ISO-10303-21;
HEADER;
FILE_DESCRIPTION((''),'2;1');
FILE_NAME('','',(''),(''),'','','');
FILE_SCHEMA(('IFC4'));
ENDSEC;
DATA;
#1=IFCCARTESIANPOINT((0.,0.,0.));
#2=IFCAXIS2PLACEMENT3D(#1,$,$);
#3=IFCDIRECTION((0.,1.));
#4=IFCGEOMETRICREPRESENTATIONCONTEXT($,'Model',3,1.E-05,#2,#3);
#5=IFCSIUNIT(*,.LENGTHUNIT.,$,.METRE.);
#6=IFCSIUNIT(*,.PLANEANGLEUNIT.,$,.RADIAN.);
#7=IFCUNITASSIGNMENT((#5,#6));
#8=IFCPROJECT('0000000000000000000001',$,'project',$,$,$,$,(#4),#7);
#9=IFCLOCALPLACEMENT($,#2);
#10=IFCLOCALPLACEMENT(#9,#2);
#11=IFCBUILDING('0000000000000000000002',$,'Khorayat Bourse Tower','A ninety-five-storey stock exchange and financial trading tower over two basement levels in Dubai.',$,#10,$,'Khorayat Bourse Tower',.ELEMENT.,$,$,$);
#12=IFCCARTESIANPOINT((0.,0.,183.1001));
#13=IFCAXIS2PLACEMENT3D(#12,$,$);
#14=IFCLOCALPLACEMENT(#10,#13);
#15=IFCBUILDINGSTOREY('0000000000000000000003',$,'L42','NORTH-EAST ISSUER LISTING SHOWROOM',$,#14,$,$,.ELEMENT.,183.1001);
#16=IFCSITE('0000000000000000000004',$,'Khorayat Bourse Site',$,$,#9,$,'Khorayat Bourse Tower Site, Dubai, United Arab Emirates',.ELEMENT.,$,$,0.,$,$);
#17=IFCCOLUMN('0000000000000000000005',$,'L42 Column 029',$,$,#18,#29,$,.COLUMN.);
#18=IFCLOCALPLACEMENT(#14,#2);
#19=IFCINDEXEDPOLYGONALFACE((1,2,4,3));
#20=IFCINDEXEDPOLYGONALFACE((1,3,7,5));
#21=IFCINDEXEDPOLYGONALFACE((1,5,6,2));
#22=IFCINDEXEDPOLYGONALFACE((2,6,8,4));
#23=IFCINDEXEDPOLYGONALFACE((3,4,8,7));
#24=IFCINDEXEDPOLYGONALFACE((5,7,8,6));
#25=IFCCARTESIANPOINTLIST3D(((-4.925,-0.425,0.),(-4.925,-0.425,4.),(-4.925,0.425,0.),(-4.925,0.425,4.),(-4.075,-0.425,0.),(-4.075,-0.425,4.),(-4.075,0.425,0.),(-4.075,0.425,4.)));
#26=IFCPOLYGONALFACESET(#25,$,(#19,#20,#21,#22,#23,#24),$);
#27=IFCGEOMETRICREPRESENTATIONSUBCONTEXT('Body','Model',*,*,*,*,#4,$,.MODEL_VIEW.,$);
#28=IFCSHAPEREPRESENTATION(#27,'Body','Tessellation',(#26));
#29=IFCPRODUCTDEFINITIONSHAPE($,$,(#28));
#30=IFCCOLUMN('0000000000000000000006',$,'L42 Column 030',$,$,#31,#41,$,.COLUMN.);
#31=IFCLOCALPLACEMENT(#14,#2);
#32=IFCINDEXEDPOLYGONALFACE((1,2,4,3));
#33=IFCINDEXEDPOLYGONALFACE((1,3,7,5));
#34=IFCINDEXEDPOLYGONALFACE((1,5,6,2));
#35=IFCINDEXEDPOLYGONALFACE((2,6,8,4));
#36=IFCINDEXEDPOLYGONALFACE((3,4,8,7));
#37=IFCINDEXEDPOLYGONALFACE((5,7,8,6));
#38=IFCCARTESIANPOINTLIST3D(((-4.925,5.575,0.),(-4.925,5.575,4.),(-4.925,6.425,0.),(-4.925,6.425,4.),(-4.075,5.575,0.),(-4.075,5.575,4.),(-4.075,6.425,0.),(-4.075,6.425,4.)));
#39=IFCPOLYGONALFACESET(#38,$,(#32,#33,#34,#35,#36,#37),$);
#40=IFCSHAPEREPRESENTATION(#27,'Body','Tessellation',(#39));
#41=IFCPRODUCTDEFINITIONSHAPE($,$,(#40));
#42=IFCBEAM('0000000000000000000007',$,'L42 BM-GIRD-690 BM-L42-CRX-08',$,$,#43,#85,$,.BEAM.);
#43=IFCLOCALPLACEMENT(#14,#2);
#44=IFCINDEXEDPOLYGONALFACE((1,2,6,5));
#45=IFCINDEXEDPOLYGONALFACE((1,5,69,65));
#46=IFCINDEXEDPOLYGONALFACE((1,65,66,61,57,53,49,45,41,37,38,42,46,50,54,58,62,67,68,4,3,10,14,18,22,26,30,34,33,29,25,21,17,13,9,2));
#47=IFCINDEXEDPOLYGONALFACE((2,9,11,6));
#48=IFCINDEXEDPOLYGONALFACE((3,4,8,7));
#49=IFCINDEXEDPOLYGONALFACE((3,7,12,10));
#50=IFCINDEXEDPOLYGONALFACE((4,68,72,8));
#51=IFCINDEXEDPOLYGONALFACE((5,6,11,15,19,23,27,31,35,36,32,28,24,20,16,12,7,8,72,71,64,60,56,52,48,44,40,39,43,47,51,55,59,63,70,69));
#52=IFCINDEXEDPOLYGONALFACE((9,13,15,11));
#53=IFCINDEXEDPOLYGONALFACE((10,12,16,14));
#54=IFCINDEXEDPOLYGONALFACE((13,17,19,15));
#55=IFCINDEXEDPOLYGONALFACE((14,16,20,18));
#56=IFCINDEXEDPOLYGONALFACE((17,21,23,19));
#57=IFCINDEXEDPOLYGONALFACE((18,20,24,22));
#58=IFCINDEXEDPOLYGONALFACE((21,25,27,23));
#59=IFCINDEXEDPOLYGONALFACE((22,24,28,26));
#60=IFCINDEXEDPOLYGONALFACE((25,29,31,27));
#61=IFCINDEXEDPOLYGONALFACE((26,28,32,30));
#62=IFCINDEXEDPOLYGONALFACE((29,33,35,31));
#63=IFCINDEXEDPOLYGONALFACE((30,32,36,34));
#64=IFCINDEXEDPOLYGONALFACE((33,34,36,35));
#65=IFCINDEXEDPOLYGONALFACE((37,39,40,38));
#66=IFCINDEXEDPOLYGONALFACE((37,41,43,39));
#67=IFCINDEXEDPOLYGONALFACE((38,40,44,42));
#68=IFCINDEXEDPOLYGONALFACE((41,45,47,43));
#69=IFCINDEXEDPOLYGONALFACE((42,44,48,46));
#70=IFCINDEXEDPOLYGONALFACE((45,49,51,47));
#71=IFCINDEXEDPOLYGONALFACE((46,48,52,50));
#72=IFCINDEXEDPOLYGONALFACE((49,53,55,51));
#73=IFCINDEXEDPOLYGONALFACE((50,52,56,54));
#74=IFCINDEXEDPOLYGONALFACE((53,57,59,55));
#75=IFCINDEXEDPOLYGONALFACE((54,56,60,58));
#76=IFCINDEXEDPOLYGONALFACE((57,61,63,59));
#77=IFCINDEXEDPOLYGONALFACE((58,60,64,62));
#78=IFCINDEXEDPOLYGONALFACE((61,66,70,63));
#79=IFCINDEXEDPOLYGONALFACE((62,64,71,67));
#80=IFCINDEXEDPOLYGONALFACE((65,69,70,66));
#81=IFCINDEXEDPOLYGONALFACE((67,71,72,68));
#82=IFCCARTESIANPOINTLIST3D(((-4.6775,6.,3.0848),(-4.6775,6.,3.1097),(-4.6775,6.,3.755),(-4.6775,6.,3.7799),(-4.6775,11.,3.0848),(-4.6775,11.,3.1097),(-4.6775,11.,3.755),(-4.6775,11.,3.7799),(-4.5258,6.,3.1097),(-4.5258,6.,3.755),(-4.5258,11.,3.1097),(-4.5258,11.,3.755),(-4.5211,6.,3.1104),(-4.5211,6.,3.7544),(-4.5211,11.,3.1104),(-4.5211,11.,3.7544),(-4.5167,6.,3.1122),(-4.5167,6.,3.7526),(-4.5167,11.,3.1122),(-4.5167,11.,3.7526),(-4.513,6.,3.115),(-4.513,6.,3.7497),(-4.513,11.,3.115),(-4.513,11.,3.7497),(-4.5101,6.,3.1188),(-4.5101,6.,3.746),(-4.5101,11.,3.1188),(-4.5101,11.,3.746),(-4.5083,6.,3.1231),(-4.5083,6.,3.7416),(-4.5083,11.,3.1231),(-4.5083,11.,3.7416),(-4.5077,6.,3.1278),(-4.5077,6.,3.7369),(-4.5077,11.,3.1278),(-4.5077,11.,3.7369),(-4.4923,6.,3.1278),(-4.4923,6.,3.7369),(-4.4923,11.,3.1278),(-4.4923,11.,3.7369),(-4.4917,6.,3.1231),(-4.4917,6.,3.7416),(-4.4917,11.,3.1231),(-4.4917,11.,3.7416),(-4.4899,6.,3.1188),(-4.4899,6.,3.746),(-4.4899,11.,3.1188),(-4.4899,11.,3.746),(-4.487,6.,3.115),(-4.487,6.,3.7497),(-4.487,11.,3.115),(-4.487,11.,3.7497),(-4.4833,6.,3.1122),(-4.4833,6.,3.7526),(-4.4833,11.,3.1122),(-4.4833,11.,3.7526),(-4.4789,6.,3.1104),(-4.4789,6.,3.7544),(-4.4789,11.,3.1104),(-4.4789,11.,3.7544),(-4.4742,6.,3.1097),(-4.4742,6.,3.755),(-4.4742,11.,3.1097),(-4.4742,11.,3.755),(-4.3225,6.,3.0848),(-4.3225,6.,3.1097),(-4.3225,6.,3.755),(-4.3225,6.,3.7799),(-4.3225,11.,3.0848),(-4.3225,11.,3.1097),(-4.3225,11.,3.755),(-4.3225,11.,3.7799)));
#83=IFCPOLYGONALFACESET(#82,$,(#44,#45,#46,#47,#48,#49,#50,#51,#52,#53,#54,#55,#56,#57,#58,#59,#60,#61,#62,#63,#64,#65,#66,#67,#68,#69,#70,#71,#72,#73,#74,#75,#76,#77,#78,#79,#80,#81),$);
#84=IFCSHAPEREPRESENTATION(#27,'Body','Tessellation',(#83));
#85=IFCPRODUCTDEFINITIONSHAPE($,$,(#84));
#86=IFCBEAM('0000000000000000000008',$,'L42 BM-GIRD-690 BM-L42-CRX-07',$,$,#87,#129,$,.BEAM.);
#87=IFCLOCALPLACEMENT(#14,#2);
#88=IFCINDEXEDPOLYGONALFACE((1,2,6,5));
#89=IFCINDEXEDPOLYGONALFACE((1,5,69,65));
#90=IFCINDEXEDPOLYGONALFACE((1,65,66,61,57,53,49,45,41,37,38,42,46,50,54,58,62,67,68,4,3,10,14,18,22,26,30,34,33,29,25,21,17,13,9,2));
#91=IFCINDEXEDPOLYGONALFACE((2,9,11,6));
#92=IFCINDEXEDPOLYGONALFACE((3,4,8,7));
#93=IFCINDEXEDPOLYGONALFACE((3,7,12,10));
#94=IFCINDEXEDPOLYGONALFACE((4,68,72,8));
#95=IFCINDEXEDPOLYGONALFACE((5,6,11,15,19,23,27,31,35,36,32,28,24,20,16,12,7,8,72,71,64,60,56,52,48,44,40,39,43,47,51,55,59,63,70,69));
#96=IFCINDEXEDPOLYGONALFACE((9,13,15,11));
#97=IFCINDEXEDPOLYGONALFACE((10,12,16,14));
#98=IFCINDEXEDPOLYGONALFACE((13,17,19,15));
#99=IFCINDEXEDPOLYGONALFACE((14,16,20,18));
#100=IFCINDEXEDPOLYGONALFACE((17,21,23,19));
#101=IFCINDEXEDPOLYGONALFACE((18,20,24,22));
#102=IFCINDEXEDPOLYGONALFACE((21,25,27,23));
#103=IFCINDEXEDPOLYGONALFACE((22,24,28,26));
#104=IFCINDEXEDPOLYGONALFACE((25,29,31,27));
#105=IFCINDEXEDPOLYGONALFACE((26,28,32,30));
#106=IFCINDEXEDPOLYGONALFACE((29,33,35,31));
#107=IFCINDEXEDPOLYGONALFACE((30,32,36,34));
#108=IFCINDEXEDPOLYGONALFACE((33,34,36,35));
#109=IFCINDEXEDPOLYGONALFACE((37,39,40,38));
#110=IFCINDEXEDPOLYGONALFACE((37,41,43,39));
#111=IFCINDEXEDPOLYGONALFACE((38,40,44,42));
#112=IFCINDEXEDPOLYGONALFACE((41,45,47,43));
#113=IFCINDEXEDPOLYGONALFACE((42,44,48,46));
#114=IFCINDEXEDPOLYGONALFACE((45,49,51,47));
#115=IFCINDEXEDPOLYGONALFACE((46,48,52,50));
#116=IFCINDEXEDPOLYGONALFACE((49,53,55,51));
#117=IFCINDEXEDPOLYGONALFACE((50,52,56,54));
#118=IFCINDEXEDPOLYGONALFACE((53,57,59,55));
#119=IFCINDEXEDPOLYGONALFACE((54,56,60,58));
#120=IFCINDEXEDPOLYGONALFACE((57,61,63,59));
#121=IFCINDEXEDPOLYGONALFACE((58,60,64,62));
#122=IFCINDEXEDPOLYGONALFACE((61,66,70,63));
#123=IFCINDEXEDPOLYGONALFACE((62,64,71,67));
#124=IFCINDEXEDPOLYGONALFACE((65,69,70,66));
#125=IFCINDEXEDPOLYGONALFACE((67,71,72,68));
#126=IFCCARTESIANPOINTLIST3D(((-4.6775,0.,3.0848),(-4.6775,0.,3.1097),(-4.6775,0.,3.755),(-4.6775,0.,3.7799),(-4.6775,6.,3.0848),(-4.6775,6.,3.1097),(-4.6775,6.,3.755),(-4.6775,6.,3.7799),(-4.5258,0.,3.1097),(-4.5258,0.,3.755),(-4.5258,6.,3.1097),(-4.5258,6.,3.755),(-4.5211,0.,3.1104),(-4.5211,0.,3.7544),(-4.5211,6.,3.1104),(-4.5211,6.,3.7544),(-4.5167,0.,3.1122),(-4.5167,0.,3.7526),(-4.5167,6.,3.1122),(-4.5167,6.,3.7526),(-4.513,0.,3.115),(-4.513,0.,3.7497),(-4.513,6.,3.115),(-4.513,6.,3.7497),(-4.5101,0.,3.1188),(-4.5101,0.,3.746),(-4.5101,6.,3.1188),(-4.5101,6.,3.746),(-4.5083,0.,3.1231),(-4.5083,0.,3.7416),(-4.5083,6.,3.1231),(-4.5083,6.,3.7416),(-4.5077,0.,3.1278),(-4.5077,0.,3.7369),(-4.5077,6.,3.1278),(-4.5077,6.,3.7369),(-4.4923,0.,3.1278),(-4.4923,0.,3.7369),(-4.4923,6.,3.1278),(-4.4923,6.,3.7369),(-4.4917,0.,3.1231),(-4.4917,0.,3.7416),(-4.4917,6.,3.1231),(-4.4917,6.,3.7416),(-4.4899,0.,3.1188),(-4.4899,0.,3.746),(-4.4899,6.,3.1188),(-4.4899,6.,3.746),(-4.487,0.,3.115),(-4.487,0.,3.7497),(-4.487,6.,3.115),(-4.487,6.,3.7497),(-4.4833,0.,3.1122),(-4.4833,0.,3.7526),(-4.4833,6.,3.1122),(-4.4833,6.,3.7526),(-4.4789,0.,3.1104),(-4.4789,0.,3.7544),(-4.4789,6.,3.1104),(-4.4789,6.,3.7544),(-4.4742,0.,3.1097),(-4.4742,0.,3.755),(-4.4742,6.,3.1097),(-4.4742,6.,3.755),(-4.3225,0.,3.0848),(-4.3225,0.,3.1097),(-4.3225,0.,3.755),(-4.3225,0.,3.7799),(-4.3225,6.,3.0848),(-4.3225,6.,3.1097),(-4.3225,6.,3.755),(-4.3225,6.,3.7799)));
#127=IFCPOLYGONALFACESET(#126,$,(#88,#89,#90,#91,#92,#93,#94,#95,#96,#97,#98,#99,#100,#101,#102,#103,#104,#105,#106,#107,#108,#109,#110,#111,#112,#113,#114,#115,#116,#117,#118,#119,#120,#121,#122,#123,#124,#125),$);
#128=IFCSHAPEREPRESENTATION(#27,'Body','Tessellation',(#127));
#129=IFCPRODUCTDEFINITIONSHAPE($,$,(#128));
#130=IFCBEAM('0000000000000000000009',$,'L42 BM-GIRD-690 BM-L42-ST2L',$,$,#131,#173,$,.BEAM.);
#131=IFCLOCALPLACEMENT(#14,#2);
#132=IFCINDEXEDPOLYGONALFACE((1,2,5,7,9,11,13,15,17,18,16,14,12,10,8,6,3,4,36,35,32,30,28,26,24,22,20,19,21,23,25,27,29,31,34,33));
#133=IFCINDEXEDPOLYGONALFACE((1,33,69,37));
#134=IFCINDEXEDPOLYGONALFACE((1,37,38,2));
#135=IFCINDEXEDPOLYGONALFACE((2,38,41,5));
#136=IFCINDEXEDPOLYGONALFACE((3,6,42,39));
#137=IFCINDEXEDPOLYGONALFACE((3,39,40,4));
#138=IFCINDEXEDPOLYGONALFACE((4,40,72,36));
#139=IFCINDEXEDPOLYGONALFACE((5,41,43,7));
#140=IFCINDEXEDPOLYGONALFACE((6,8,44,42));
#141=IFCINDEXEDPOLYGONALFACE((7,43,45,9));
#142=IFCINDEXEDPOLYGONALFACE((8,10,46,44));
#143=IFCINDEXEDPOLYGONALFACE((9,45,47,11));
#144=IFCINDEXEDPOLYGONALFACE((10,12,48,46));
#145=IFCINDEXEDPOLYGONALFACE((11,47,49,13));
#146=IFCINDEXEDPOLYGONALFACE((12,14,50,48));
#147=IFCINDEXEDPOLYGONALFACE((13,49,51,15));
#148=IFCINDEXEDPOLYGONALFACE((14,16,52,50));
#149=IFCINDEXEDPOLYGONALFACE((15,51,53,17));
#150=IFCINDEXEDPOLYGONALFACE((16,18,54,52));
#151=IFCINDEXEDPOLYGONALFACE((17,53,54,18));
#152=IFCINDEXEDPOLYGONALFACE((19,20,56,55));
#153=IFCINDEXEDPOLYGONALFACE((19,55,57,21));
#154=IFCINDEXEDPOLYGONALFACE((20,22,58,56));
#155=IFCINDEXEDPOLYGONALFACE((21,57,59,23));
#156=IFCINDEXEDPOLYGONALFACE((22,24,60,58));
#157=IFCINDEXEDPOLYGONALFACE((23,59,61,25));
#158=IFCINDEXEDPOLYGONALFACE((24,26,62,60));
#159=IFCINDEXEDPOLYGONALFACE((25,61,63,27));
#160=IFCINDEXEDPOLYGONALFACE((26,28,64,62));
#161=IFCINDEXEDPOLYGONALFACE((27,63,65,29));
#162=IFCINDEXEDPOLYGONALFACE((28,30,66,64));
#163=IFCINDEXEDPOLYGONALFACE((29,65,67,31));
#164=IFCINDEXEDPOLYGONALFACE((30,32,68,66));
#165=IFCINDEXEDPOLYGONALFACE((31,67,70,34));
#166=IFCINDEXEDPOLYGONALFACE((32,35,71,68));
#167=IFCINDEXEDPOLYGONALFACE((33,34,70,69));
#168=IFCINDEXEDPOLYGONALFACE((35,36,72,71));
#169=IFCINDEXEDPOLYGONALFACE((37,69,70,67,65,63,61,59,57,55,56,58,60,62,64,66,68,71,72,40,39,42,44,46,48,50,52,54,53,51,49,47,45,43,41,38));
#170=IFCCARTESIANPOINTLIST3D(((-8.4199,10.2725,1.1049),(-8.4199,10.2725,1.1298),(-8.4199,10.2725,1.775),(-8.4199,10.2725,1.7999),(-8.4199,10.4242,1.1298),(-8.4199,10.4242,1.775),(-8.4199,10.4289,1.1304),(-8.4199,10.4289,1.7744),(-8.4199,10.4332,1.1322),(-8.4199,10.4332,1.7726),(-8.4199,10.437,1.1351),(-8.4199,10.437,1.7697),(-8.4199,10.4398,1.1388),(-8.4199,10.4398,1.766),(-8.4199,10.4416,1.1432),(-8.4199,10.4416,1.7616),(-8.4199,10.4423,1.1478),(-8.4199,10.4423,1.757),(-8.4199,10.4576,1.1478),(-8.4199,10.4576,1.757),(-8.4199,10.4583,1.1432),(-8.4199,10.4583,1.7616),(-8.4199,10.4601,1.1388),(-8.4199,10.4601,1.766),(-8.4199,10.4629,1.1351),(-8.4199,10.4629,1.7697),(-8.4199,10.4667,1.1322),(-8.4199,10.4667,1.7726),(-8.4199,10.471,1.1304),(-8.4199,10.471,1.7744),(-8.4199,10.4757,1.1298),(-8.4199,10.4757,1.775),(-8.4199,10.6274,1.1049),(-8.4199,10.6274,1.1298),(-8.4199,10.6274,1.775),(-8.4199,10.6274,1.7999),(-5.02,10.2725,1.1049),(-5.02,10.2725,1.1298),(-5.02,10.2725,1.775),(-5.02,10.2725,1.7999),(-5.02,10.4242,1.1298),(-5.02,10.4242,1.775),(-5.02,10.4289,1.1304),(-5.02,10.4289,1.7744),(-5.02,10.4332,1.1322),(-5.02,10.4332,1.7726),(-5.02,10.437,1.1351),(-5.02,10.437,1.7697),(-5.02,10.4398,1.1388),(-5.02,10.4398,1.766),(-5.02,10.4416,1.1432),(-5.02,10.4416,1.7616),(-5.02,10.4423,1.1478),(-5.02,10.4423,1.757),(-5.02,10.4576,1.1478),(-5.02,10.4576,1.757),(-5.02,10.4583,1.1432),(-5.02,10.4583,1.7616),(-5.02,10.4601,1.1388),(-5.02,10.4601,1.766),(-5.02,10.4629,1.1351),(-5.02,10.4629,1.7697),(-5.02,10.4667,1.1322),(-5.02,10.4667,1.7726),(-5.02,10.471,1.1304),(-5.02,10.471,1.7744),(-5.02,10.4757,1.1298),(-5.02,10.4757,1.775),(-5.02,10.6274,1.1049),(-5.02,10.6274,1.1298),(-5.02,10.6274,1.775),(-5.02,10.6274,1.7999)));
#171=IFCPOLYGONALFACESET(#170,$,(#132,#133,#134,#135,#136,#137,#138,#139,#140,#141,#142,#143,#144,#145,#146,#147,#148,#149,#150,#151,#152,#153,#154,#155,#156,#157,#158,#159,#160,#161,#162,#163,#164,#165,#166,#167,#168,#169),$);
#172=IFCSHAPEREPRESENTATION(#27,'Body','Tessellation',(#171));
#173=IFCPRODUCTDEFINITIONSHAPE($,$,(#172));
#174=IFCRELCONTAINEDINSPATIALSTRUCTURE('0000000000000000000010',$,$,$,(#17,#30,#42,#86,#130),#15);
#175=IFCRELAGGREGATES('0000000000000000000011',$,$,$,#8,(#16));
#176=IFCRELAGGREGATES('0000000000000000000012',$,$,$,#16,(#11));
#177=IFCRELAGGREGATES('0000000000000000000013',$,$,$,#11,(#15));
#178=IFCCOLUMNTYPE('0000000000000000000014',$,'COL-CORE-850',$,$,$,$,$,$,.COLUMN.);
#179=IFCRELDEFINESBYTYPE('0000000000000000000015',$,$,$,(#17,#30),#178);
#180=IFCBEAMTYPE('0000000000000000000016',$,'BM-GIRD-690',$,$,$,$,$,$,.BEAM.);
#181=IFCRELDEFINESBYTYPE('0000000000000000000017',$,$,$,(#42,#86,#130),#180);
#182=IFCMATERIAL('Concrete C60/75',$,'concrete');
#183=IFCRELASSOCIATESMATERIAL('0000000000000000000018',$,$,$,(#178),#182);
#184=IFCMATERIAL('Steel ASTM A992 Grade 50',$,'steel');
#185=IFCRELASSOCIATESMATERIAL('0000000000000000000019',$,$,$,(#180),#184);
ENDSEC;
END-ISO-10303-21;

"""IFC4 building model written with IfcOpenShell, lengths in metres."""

from ifc_helpers import new_model, si_unit, direction, frame, origin, origin_2d, place, context, subcontext, project, spatial, rectangle, i_section, extrude, source, transform, mapped, material, material_profile, profile_set, type_object, element, save


model = new_model("IFC4")

# Units and contexts
model_context = context("Model", 3, precision=1e-05, world=origin(), true_north=direction((0.0, 1.0)))
body_context = subcontext(model_context, "Body", "Model", "MODEL_VIEW")
ifc_project = project(units=[si_unit("LENGTHUNIT", "METRE"), si_unit("PLANEANGLEUNIT", "RADIAN")], contexts=[model_context])

# Site, building, storey
site_placement = place(None, origin())
site = spatial("IfcSite", under=ifc_project, at=site_placement, Name="Khorayat Bourse Site", LongName="Khorayat Bourse Tower Site, Dubai, United Arab Emirates", CompositionType="ELEMENT", RefElevation=0.0)
building_placement = place(site_placement, origin())
building = spatial("IfcBuilding", under=site, at=building_placement, Name="Khorayat Bourse Tower", Description="A ninety-five-storey stock exchange and financial trading tower over two basement levels in Dubai.", LongName="Khorayat Bourse Tower", CompositionType="ELEMENT")
storey_placement = place(building_placement, frame((0.0, 0.0, 183.1001)))
storey = spatial("IfcBuildingStorey", under=building, at=storey_placement, Name="L42", Description="NORTH-EAST ISSUER LISTING SHOWROOM", CompositionType="ELEMENT", Elevation=183.1001)

# Columns
ifc_material_1 = material(Name="Concrete C60/75", Category="concrete")
ifc_material_profile_1 = material_profile(ifc_material_1, rectangle(XDim=0.8501, YDim=0.8501, at=origin_2d()), Name="RC 850x850")
ifc_profile_set_1 = profile_set([ifc_material_profile_1], Name="Concrete C60/75")
column_type = type_object("IfcColumnType", Name="COL-CORE-850", PredefinedType="COLUMN", material=ifc_profile_set_1)
shared_shape_1 = source(origin(), body_context, "Body", "SweptSolid", [
    extrude(rectangle(XDim=0.8501, YDim=0.8501, at=origin_2d()), origin(), (0.0, 0.0, 1.0), 4.0),
])
for number, where, z_axis, x_axis, name in (
    (1, (-4.5, 0.0, 0.0), (0.0, 0.0, 1.0), (1.0, 0.0, 0.0), "L42 Column 029"),
    (2, (-4.5, 6.0, 0.0), (0.0, 0.0, 1.0), (1.0, 0.0, 0.0), "L42 Column 030"),
):
    element("IfcColumn", number, at=place(storey_placement, frame(where, z_axis=z_axis, x_axis=x_axis)), inside=storey, type_object=column_type, Name=name, PredefinedType="COLUMN", context=body_context, shape_type="MappedRepresentation", body=[
        mapped(shared_shape_1, transform((0.0, 0.0, 0.0), scale=1.0)),
    ])

# Beams
ifc_material_2 = material(Name="Steel ASTM A992 Grade 50", Category="steel")
ifc_material_profile_2 = material_profile(ifc_material_2, i_section(OverallWidth=0.355, OverallDepth=0.6951, WebThickness=0.0154, FlangeThickness=0.0249, FilletRadius=0.0181, at=origin_2d()), Name="W690X217")
ifc_profile_set_2 = profile_set([ifc_material_profile_2], Name="Steel ASTM A992 Grade 50")
beam_type = type_object("IfcBeamType", Name="BM-GIRD-690", PredefinedType="BEAM", material=ifc_profile_set_2)
shared_shape_2 = source(origin(), body_context, "Body", "SweptSolid", [
    extrude(i_section(OverallWidth=0.355, OverallDepth=0.6951, WebThickness=0.0154, FlangeThickness=0.0249, FilletRadius=0.0181, at=origin_2d()), origin(), (0.0, 0.0, 1.0), 5.0),
])
beam_1_placement = place(storey_placement, frame((-4.5, 6.0, 3.4324), z_axis=(0.0, 1.0, 0.0), x_axis=(-1.0, 0.0, 0.0)))
element("IfcBeam", 3, at=beam_1_placement, inside=storey, type_object=beam_type, Name="L42 BM-GIRD-690 BM-L42-CRX-08", PredefinedType="BEAM", context=body_context, shape_type="MappedRepresentation", body=[
    mapped(shared_shape_2, transform((0.0, 0.0, 0.0), scale=1.0)),
])
shared_shape_3 = source(origin(), body_context, "Body", "SweptSolid", [
    extrude(i_section(OverallWidth=0.355, OverallDepth=0.6951, WebThickness=0.0154, FlangeThickness=0.0249, FilletRadius=0.0181, at=origin_2d()), origin(), (0.0, 0.0, 1.0), 6.0),
])
beam_2_placement = place(storey_placement, frame((-4.5, 0.0, 3.4324), z_axis=(0.0, 1.0, 0.0), x_axis=(-1.0, 0.0, 0.0)))
element("IfcBeam", 4, at=beam_2_placement, inside=storey, type_object=beam_type, Name="L42 BM-GIRD-690 BM-L42-CRX-07", PredefinedType="BEAM", context=body_context, shape_type="MappedRepresentation", body=[
    mapped(shared_shape_3, transform((0.0, 0.0, 0.0), scale=1.0)),
])
shared_shape_4 = source(origin(), body_context, "Body", "SweptSolid", [
    extrude(i_section(OverallWidth=0.355, OverallDepth=0.6951, WebThickness=0.0154, FlangeThickness=0.0249, FilletRadius=0.0181, at=origin_2d()), origin(), (0.0, 0.0, 1.0), 3.3999),
])
beam_3_placement = place(storey_placement, frame((-8.4199, 10.45, 1.4524), z_axis=(1.0, 0.0, 0.0), x_axis=(0.0, 1.0, 0.0)))
element("IfcBeam", 5, at=beam_3_placement, inside=storey, type_object=beam_type, Name="L42 BM-GIRD-690 BM-L42-ST2L", PredefinedType="BEAM", context=body_context, shape_type="MappedRepresentation", body=[
    mapped(shared_shape_4, transform((0.0, 0.0, 0.0), scale=1.0)),
])

save(model, "model.ifc")
